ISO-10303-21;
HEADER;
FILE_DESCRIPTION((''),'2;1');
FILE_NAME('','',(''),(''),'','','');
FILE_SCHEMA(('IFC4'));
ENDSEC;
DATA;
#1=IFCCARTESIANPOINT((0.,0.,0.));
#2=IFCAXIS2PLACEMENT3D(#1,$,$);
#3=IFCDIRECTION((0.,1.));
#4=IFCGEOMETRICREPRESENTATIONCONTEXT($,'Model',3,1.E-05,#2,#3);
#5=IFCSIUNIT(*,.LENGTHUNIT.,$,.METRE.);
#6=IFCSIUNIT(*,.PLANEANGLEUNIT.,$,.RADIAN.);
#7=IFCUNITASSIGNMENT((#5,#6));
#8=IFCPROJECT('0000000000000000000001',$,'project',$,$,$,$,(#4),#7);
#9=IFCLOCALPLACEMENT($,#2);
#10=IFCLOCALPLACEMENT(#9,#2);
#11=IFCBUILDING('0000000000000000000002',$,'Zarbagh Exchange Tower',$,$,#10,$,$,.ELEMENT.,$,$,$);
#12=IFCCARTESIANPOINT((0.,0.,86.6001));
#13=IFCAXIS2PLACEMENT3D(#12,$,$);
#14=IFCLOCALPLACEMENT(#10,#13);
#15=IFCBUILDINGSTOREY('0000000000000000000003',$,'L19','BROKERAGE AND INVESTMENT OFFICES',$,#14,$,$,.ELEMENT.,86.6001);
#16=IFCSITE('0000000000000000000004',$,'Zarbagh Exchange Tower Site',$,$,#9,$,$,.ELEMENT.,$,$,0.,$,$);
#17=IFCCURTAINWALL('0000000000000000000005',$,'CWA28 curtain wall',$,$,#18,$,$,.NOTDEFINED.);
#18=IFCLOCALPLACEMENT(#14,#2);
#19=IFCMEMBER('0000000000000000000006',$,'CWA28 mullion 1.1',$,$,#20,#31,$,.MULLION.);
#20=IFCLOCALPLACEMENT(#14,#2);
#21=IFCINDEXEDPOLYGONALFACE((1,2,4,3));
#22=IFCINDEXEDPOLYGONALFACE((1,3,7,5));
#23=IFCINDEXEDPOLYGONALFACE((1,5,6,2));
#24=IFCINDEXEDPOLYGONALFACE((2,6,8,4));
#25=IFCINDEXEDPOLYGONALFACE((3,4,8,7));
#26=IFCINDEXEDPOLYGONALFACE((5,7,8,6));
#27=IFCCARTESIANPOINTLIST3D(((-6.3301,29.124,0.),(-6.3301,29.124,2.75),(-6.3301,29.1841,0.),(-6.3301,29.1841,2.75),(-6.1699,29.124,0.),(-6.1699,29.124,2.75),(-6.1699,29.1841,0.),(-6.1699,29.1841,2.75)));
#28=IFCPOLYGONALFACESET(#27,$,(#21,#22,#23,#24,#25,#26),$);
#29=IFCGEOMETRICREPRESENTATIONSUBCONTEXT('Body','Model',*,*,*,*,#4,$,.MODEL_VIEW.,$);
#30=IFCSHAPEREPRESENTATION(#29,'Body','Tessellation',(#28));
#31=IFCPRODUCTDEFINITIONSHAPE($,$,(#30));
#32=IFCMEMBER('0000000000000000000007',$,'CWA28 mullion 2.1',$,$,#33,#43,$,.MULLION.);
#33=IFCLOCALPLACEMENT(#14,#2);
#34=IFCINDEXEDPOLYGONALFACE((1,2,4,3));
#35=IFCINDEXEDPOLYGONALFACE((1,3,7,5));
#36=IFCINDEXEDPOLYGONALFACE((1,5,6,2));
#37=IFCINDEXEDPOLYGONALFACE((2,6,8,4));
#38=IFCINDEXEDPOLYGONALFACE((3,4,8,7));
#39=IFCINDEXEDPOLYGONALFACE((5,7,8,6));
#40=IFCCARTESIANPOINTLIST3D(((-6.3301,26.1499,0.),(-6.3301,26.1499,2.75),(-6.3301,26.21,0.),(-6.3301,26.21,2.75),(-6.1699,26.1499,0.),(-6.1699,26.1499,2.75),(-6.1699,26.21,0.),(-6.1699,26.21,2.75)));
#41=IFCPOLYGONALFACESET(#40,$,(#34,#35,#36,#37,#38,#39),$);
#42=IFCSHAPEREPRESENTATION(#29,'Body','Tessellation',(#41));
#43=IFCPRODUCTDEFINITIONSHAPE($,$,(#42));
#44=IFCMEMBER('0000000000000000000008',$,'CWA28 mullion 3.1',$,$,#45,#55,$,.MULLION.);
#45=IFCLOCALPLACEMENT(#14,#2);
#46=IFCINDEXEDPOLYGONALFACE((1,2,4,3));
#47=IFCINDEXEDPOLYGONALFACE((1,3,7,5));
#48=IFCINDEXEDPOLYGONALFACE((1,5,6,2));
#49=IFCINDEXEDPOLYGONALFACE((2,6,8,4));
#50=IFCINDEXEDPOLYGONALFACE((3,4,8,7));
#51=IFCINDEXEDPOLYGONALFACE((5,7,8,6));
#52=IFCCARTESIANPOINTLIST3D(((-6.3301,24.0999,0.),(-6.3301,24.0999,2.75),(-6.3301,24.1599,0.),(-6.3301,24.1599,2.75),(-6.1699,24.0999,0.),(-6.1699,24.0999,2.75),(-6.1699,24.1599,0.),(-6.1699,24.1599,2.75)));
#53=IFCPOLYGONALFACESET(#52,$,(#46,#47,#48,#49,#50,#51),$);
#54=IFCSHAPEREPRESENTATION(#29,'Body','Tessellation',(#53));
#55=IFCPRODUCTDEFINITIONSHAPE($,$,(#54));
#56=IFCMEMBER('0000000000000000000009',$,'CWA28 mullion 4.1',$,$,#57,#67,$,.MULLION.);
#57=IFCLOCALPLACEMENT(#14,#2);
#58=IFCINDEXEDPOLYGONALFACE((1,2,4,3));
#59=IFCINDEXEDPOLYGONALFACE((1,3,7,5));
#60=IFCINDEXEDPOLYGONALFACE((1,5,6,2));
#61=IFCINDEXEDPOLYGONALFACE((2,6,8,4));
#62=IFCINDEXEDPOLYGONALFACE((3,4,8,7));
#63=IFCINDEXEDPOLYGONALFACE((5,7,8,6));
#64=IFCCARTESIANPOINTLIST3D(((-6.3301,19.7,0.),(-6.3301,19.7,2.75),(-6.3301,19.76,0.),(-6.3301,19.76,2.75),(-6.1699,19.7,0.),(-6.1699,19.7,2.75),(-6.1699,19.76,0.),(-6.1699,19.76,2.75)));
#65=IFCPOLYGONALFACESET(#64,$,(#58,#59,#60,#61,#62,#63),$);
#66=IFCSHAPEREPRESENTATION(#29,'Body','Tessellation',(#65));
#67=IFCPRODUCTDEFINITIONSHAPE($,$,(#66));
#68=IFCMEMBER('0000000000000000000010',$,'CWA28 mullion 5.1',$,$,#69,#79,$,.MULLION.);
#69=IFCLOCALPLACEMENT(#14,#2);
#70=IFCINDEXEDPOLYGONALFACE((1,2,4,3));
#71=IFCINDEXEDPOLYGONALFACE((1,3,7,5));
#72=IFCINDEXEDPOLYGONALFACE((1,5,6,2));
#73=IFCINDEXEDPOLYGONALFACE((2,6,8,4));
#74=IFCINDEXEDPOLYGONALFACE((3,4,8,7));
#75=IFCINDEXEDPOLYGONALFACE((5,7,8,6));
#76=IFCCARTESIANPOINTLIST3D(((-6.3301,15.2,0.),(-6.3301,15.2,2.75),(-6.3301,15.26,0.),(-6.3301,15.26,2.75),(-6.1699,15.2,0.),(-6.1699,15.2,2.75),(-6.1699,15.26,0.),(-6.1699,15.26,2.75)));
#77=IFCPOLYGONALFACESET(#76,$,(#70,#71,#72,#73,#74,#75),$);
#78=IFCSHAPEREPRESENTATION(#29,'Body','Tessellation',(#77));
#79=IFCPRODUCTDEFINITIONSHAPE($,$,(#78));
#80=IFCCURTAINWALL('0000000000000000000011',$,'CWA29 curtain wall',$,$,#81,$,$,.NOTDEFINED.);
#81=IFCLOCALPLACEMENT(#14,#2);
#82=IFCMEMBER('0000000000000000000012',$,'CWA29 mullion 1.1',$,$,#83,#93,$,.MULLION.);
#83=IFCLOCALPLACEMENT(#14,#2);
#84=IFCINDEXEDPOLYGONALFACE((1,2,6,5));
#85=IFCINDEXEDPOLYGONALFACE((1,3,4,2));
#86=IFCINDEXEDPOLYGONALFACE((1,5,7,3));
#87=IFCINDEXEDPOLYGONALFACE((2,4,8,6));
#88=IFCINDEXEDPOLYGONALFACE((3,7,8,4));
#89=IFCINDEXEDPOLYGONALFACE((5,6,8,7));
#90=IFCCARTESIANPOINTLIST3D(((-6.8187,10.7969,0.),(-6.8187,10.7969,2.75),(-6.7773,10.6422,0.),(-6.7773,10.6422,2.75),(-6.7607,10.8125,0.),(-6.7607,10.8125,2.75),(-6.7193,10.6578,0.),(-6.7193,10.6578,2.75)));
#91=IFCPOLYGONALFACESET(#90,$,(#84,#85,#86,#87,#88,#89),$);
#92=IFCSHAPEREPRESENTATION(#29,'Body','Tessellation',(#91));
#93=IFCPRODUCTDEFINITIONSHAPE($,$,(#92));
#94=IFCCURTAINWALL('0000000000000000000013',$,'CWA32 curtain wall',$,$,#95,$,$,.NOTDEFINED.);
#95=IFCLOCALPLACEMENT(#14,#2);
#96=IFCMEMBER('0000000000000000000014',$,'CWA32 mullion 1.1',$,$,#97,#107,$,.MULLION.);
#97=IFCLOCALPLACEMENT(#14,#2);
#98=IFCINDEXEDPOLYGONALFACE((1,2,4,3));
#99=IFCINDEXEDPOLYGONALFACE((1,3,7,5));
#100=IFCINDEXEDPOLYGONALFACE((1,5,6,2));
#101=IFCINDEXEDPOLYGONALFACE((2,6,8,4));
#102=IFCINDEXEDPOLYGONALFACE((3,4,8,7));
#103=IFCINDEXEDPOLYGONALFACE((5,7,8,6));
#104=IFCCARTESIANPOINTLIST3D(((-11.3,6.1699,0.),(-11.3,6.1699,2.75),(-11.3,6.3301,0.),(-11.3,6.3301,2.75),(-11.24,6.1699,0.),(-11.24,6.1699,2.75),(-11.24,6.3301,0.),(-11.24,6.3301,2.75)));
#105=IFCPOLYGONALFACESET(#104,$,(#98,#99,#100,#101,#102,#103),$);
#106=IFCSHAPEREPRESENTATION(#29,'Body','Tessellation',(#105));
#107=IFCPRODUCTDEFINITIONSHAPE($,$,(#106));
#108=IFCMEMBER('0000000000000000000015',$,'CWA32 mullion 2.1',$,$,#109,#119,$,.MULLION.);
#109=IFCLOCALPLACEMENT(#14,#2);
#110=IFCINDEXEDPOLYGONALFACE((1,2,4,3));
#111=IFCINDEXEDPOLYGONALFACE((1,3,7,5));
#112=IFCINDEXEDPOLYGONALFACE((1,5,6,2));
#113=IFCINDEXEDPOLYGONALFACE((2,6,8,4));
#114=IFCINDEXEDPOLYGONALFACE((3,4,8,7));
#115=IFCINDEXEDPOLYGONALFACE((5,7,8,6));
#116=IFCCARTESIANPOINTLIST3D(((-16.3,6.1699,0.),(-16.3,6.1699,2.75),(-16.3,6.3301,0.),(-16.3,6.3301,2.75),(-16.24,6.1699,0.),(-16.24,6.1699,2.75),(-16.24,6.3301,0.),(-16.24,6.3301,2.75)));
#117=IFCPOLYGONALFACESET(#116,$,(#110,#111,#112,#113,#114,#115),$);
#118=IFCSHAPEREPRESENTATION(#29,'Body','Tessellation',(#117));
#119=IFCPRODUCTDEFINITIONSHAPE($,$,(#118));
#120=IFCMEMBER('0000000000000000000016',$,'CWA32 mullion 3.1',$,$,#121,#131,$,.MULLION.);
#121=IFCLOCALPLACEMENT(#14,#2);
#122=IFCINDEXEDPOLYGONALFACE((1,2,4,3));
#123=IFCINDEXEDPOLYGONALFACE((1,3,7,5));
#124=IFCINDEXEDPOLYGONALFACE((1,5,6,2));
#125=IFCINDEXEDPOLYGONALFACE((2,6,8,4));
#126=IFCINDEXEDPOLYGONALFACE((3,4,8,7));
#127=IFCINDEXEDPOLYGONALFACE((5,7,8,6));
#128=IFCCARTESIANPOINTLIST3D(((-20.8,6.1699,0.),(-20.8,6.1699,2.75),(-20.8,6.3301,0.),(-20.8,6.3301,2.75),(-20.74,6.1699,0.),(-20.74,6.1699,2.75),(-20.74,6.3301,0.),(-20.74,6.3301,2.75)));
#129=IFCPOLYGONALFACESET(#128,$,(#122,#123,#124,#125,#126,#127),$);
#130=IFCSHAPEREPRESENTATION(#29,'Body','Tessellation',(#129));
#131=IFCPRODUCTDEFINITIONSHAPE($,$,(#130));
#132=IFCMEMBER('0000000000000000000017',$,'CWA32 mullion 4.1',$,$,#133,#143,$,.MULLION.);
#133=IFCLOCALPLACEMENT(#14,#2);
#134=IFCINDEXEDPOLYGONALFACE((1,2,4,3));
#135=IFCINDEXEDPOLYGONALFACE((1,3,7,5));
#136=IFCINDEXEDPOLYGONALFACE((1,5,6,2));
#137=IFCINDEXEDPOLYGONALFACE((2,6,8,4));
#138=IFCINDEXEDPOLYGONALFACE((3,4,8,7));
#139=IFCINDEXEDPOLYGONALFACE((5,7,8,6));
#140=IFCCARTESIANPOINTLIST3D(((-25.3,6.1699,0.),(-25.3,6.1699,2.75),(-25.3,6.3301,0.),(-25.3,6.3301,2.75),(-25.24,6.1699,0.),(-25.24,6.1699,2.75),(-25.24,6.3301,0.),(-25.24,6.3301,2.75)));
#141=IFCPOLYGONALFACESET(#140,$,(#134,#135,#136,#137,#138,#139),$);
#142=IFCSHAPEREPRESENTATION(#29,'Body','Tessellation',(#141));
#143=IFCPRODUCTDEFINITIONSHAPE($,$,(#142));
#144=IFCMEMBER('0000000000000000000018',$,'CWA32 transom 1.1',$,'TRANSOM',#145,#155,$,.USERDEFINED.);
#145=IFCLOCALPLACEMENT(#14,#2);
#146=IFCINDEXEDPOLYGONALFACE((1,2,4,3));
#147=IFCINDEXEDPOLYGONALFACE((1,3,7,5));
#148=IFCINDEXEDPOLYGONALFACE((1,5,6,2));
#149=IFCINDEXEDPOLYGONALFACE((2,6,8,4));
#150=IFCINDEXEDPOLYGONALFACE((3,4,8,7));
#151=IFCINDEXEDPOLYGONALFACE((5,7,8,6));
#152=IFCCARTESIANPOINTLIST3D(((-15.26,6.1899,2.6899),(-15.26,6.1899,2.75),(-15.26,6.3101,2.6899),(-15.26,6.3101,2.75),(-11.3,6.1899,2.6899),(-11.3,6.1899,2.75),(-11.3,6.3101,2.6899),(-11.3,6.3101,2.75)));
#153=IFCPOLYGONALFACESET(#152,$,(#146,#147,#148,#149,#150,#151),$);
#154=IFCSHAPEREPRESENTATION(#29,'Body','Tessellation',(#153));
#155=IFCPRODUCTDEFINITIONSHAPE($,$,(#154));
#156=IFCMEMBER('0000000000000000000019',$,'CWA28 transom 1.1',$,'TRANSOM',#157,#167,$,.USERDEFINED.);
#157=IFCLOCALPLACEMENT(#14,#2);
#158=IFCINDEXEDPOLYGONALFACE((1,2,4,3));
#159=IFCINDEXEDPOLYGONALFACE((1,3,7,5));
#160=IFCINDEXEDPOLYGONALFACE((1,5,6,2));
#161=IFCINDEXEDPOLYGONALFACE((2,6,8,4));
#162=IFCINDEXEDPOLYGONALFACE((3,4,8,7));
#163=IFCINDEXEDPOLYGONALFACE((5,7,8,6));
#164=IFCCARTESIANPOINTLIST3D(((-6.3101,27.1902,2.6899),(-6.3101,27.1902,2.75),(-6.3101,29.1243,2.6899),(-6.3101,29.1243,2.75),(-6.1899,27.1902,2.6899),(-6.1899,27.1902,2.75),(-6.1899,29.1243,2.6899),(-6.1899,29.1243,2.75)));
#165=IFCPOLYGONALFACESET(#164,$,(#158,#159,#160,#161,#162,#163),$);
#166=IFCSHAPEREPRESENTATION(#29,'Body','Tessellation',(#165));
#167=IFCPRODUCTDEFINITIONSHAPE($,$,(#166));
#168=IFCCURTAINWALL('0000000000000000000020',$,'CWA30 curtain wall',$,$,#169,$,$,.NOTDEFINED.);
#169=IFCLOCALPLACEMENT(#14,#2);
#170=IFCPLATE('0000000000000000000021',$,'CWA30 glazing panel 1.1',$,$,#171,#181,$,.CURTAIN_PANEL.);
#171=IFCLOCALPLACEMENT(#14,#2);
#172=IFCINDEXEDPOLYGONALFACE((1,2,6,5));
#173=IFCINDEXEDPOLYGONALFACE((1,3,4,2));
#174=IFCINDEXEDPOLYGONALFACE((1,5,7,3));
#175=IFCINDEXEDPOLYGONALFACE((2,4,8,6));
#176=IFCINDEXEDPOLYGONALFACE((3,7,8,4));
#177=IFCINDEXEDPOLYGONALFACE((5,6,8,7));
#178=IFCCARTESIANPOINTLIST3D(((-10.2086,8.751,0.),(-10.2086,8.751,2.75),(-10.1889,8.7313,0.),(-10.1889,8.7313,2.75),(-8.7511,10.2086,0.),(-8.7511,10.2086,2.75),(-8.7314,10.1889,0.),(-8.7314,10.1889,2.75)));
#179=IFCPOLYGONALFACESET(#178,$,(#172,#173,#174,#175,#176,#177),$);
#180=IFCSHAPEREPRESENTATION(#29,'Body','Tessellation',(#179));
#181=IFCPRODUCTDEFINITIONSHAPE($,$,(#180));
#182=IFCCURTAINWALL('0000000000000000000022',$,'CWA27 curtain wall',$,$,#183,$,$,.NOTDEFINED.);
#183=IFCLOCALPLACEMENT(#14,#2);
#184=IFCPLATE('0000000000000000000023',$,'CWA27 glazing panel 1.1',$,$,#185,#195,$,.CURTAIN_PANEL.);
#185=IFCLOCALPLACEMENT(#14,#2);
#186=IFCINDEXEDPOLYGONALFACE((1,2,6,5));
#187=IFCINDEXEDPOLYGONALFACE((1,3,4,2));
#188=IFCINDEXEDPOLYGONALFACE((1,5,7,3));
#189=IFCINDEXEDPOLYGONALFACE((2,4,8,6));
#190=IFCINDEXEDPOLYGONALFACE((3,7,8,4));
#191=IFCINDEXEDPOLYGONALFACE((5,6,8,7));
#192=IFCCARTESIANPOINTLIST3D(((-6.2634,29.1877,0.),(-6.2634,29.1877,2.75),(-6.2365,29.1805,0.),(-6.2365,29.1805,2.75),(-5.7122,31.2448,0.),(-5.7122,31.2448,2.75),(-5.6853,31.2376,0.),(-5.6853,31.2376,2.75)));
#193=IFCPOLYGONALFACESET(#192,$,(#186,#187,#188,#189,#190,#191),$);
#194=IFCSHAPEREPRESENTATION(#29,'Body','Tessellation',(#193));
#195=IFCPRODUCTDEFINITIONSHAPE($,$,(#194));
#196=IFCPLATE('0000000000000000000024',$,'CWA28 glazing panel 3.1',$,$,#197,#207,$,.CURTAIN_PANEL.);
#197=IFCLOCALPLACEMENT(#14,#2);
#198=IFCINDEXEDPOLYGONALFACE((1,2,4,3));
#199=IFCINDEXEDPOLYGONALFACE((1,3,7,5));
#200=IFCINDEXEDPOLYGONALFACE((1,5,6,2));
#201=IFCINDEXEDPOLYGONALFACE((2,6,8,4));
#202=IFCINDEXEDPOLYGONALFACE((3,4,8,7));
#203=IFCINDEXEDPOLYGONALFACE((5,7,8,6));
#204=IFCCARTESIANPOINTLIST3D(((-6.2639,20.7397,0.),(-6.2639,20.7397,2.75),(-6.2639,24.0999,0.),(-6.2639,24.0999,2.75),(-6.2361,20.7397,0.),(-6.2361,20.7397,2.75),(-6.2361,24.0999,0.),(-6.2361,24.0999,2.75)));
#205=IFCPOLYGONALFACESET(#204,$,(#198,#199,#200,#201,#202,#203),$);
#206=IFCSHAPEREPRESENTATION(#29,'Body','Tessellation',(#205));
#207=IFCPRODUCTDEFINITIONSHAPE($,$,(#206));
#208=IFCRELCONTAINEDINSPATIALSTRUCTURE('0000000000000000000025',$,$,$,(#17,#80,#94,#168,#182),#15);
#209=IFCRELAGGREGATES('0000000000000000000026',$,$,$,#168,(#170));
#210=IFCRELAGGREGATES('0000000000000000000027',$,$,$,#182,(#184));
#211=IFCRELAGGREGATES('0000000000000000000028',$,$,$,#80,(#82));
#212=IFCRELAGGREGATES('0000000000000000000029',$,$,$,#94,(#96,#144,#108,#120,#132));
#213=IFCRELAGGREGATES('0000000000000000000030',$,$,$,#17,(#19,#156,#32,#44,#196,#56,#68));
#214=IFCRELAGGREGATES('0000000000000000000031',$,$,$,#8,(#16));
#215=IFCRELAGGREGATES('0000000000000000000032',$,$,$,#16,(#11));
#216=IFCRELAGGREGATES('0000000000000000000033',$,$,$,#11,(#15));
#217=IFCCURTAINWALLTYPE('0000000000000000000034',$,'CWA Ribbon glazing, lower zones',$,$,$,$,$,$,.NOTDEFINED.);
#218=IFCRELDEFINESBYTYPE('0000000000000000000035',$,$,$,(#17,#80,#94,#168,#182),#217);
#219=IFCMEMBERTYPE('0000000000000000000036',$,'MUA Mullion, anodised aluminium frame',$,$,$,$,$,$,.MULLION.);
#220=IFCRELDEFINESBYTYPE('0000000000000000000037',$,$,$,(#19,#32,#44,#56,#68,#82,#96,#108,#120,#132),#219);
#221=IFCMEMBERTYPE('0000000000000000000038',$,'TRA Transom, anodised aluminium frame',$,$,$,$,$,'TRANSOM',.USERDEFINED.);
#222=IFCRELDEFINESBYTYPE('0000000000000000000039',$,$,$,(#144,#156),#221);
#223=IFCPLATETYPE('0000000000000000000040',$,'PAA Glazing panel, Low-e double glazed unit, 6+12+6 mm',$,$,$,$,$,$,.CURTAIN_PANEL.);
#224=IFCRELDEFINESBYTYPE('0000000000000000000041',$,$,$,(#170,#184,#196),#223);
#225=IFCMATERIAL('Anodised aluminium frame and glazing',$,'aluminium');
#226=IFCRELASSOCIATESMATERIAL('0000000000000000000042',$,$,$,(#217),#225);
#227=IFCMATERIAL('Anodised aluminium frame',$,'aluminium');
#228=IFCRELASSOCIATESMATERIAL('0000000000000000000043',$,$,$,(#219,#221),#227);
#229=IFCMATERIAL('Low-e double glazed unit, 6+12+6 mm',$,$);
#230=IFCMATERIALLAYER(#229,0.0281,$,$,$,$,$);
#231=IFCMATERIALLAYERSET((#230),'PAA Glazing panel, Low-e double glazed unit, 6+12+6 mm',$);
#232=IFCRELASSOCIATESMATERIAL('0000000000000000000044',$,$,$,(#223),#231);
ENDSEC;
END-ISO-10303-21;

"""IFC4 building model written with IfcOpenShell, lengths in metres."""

from ifc_helpers import new_model, si_unit, direction, frame, origin, place, context, subcontext, project, spatial, polyline, outline, extrude, source, transform, mapped, material, layer, layer_set, type_object, element, aggregate, save


model = new_model("IFC4")

# Units and contexts
model_context = context("Model", 3, precision=1e-05, world=origin(), true_north=direction((0.0, 1.0)))
body_context = subcontext(model_context, "Body", "Model", "MODEL_VIEW")
ifc_project = project(units=[si_unit("LENGTHUNIT", "METRE"), si_unit("PLANEANGLEUNIT", "RADIAN")], contexts=[model_context])

# Site, building, storey
site_placement = place(None, origin())
site = spatial("IfcSite", under=ifc_project, at=site_placement, Name="Zarbagh Exchange Tower Site", CompositionType="ELEMENT", RefElevation=0.0)
building_placement = place(site_placement, origin())
building = spatial("IfcBuilding", under=site, at=building_placement, Name="Zarbagh Exchange Tower", CompositionType="ELEMENT")
storey_placement = place(building_placement, frame((0.0, 0.0, 86.6001)))
storey = spatial("IfcBuildingStorey", under=building, at=storey_placement, Name="L19", Description="BROKERAGE AND INVESTMENT OFFICES", CompositionType="ELEMENT", Elevation=86.6001)

# Curtain wall, members
ifc_material_1 = material(Name="Anodised aluminium frame and glazing", Category="aluminium")
curtain_wall_type = type_object("IfcCurtainWallType", Name="CWA Ribbon glazing, lower zones", PredefinedType="NOTDEFINED", material=ifc_material_1)
curtain_wall_1_placement = place(storey_placement, origin())
curtain_wall_1 = element("IfcCurtainWall", 1, at=curtain_wall_1_placement, inside=storey, type_object=curtain_wall_type, Name="CWA28 curtain wall", PredefinedType="NOTDEFINED")
ifc_material_2 = material(Name="Anodised aluminium frame", Category="aluminium")
member_type_1 = type_object("IfcMemberType", Name="MUA Mullion, anodised aluminium frame", PredefinedType="MULLION", material=ifc_material_2)
shared_shape_1 = source(origin(), body_context, "Body", "SweptSolid", [
    extrude(outline(polyline([(0.0, -0.0801), (0.0601, -0.0801), (0.0601, 0.0801), (0.0, 0.0801), (0.0, -0.0801)])), origin(), (0.0, 0.0, 1.0), 2.75),
])
placement = place(storey_placement, origin())
member_1 = element("IfcMember", 2, at=placement, type_object=member_type_1, Name="CWA28 mullion 1.1", PredefinedType="MULLION", context=body_context, shape_type="MappedRepresentation", body=[
    mapped(shared_shape_1, transform((-6.25, 29.1841, 0.0), x_axis=(0.0, -1.0, 0.0), y_axis=(1.0, 0.0, 0.0), z_axis=(0.0, 0.0, 1.0))),
])
member_2 = element("IfcMember", 3, at=placement, type_object=member_type_1, Name="CWA28 mullion 2.1", PredefinedType="MULLION", context=body_context, shape_type="MappedRepresentation", body=[
    mapped(shared_shape_1, transform((-6.25, 26.21, 0.0), x_axis=(0.0, -1.0, 0.0), y_axis=(1.0, 0.0, 0.0), z_axis=(0.0, 0.0, 1.0))),
])
member_3 = element("IfcMember", 4, at=placement, type_object=member_type_1, Name="CWA28 mullion 3.1", PredefinedType="MULLION", context=body_context, shape_type="MappedRepresentation", body=[
    mapped(shared_shape_1, transform((-6.25, 24.1599, 0.0), x_axis=(0.0, -1.0, 0.0), y_axis=(1.0, 0.0, 0.0), z_axis=(0.0, 0.0, 1.0))),
])
member_4 = element("IfcMember", 5, at=placement, type_object=member_type_1, Name="CWA28 mullion 4.1", PredefinedType="MULLION", context=body_context, shape_type="MappedRepresentation", body=[
    mapped(shared_shape_1, transform((-6.25, 19.76, 0.0), x_axis=(0.0, -1.0, 0.0), y_axis=(1.0, 0.0, 0.0), z_axis=(0.0, 0.0, 1.0))),
])
member_5 = element("IfcMember", 6, at=placement, type_object=member_type_1, Name="CWA28 mullion 5.1", PredefinedType="MULLION", context=body_context, shape_type="MappedRepresentation", body=[
    mapped(shared_shape_1, transform((-6.25, 15.26, 0.0), x_axis=(0.0, -1.0, 0.0), y_axis=(1.0, 0.0, 0.0), z_axis=(0.0, 0.0, 1.0))),
])

# Curtain wall, member
curtain_wall_2_placement = place(storey_placement, origin())
curtain_wall_2 = element("IfcCurtainWall", 7, at=curtain_wall_2_placement, inside=storey, type_object=curtain_wall_type, Name="CWA29 curtain wall", PredefinedType="NOTDEFINED")
member_6 = element("IfcMember", 8, at=placement, type_object=member_type_1, Name="CWA29 mullion 1.1", PredefinedType="MULLION", context=body_context, shape_type="MappedRepresentation", body=[
    mapped(shared_shape_1, transform((-6.74, 10.7351, 0.0), x_axis=(-0.965924, -0.258825, 0.0), y_axis=(0.258825, -0.965924, 0.0), z_axis=(0.0, 0.0, 1.0))),
])

# Curtain wall, members
curtain_wall_3_placement = place(storey_placement, origin())
curtain_wall_3 = element("IfcCurtainWall", 9, at=curtain_wall_3_placement, inside=storey, type_object=curtain_wall_type, Name="CWA32 curtain wall", PredefinedType="NOTDEFINED")
member_7 = element("IfcMember", 10, at=placement, type_object=member_type_1, Name="CWA32 mullion 1.1", PredefinedType="MULLION", context=body_context, shape_type="MappedRepresentation", body=[
    mapped(shared_shape_1, transform((-11.24, 6.25, 0.0), x_axis=(-1.0, 0.0, 0.0), y_axis=(0.0, -1.0, 0.0), z_axis=(0.0, 0.0, 1.0))),
])
member_8 = element("IfcMember", 11, at=placement, type_object=member_type_1, Name="CWA32 mullion 2.1", PredefinedType="MULLION", context=body_context, shape_type="MappedRepresentation", body=[
    mapped(shared_shape_1, transform((-16.24, 6.25, 0.0), x_axis=(-1.0, 0.0, 0.0), y_axis=(0.0, -1.0, 0.0), z_axis=(0.0, 0.0, 1.0))),
])
member_9 = element("IfcMember", 12, at=placement, type_object=member_type_1, Name="CWA32 mullion 3.1", PredefinedType="MULLION", context=body_context, shape_type="MappedRepresentation", body=[
    mapped(shared_shape_1, transform((-20.74, 6.25, 0.0), x_axis=(-1.0, 0.0, 0.0), y_axis=(0.0, -1.0, 0.0), z_axis=(0.0, 0.0, 1.0))),
])
member_10 = element("IfcMember", 13, at=placement, type_object=member_type_1, Name="CWA32 mullion 4.1", PredefinedType="MULLION", context=body_context, shape_type="MappedRepresentation", body=[
    mapped(shared_shape_1, transform((-25.24, 6.25, 0.0), x_axis=(-1.0, 0.0, 0.0), y_axis=(0.0, -1.0, 0.0), z_axis=(0.0, 0.0, 1.0))),
])
member_type_2 = type_object("IfcMemberType", Name="TRA Transom, anodised aluminium frame", ElementType="TRANSOM", PredefinedType="USERDEFINED", material=ifc_material_2)
shared_shape_2 = source(origin(), body_context, "Body", "SweptSolid", [
    extrude(outline(polyline([(-0.0601, -0.0601), (0.0, -0.0601), (0.0, 0.0601), (-0.0601, 0.0601), (-0.0601, -0.0601)])), origin(), (0.0, 0.0, 1.0), 3.96),
])
member_11 = element("IfcMember", 14, at=placement, type_object=member_type_2, Name="CWA32 transom 1.1", ObjectType="TRANSOM", PredefinedType="USERDEFINED", context=body_context, shape_type="MappedRepresentation", body=[
    mapped(shared_shape_2, transform((-11.3, 6.25, 2.75), x_axis=(0.0, 0.0, 1.0), y_axis=(0.0, 1.0, 0.0), z_axis=(-1.0, 0.0, 0.0))),
])

# Member
shared_shape_3 = source(origin(), body_context, "Body", "SweptSolid", [
    extrude(outline(polyline([(-0.0601, -0.0601), (0.0, -0.0601), (0.0, 0.0601), (-0.0601, 0.0601), (-0.0601, -0.0601)])), origin(), (0.0, 0.0, 1.0), 1.9341),
])
member_12 = element("IfcMember", 15, at=placement, type_object=member_type_2, Name="CWA28 transom 1.1", ObjectType="TRANSOM", PredefinedType="USERDEFINED", context=body_context, shape_type="MappedRepresentation", body=[
    mapped(shared_shape_3, transform((-6.25, 29.1243, 2.75), x_axis=(0.0, 0.0, 1.0), y_axis=(-1.0, 0.0, 0.0), z_axis=(0.0, -1.0, 0.0))),
])

# Curtain walls, plates
curtain_wall_4_placement = place(storey_placement, origin())
curtain_wall_4 = element("IfcCurtainWall", 16, at=curtain_wall_4_placement, inside=storey, type_object=curtain_wall_type, Name="CWA30 curtain wall", PredefinedType="NOTDEFINED")
ifc_material_3 = material(Name="Low-e double glazed unit, 6+12+6 mm")
ifc_layer = layer(ifc_material_3, 0.0281)
ifc_layer_set = layer_set([ifc_layer], Name="PAA Glazing panel, Low-e double glazed unit, 6+12+6 mm")
plate_type = type_object("IfcPlateType", Name="PAA Glazing panel, Low-e double glazed unit, 6+12+6 mm", PredefinedType="CURTAIN_PANEL", material=ifc_layer_set)
shared_shape_4 = source(origin(), body_context, "Body", "SweptSolid", [
    extrude(outline(polyline([(0.0, -0.0139), (2.0613, -0.0139), (2.0613, 0.0139), (0.0, 0.0139), (0.0, -0.0139)])), origin(), (0.0, 0.0, 1.0), 2.75),
])
plate_1 = element("IfcPlate", 17, at=placement, type_object=plate_type, Name="CWA30 glazing panel 1.1", PredefinedType="CURTAIN_PANEL", context=body_context, shape_type="MappedRepresentation", body=[
    mapped(shared_shape_4, transform((-8.7412, 10.1987, 0.0), x_axis=(-0.707107, -0.707107, 0.0), y_axis=(0.707107, -0.707107, 0.0), z_axis=(0.0, 0.0, 1.0))),
])
aggregate(curtain_wall_4, [plate_1])
curtain_wall_5_placement = place(storey_placement, origin())
curtain_wall_5 = element("IfcCurtainWall", 18, at=curtain_wall_5_placement, inside=storey, type_object=curtain_wall_type, Name="CWA27 curtain wall", PredefinedType="NOTDEFINED")
shared_shape_5 = source(origin(), body_context, "Body", "SweptSolid", [
    extrude(outline(polyline([(0.0, -0.0139), (2.1296, -0.0139), (2.1296, 0.0139), (0.0, 0.0139), (0.0, -0.0139)])), origin(), (0.0, 0.0, 1.0), 2.75),
])
plate_2 = element("IfcPlate", 19, at=placement, type_object=plate_type, Name="CWA27 glazing panel 1.1", PredefinedType="CURTAIN_PANEL", context=body_context, shape_type="MappedRepresentation", body=[
    mapped(shared_shape_5, transform((-5.6987, 31.2412, 0.0), x_axis=(-0.258825, -0.965924, 0.0), y_axis=(0.965924, -0.258825, 0.0), z_axis=(0.0, 0.0, 1.0))),
])
aggregate(curtain_wall_5, [plate_2])

# Plate
shared_shape_6 = source(origin(), body_context, "Body", "SweptSolid", [
    extrude(outline(polyline([(0.0, -0.0139), (3.3601, -0.0139), (3.3601, 0.0139), (0.0, 0.0139), (0.0, -0.0139)])), origin(), (0.0, 0.0, 1.0), 2.75),
])
plate_3 = element("IfcPlate", 20, at=placement, type_object=plate_type, Name="CWA28 glazing panel 3.1", PredefinedType="CURTAIN_PANEL", context=body_context, shape_type="MappedRepresentation", body=[
    mapped(shared_shape_6, transform((-6.25, 24.0999, 0.0), x_axis=(0.0, -1.0, 0.0), y_axis=(1.0, 0.0, 0.0), z_axis=(0.0, 0.0, 1.0))),
])
aggregate(curtain_wall_2, [member_6])

aggregate(curtain_wall_3, [member_7, member_11, member_8, member_9, member_10])
aggregate(curtain_wall_1, [member_1, member_12, member_2, member_3, plate_3, member_4, member_5])

save(model, "model.ifc")
